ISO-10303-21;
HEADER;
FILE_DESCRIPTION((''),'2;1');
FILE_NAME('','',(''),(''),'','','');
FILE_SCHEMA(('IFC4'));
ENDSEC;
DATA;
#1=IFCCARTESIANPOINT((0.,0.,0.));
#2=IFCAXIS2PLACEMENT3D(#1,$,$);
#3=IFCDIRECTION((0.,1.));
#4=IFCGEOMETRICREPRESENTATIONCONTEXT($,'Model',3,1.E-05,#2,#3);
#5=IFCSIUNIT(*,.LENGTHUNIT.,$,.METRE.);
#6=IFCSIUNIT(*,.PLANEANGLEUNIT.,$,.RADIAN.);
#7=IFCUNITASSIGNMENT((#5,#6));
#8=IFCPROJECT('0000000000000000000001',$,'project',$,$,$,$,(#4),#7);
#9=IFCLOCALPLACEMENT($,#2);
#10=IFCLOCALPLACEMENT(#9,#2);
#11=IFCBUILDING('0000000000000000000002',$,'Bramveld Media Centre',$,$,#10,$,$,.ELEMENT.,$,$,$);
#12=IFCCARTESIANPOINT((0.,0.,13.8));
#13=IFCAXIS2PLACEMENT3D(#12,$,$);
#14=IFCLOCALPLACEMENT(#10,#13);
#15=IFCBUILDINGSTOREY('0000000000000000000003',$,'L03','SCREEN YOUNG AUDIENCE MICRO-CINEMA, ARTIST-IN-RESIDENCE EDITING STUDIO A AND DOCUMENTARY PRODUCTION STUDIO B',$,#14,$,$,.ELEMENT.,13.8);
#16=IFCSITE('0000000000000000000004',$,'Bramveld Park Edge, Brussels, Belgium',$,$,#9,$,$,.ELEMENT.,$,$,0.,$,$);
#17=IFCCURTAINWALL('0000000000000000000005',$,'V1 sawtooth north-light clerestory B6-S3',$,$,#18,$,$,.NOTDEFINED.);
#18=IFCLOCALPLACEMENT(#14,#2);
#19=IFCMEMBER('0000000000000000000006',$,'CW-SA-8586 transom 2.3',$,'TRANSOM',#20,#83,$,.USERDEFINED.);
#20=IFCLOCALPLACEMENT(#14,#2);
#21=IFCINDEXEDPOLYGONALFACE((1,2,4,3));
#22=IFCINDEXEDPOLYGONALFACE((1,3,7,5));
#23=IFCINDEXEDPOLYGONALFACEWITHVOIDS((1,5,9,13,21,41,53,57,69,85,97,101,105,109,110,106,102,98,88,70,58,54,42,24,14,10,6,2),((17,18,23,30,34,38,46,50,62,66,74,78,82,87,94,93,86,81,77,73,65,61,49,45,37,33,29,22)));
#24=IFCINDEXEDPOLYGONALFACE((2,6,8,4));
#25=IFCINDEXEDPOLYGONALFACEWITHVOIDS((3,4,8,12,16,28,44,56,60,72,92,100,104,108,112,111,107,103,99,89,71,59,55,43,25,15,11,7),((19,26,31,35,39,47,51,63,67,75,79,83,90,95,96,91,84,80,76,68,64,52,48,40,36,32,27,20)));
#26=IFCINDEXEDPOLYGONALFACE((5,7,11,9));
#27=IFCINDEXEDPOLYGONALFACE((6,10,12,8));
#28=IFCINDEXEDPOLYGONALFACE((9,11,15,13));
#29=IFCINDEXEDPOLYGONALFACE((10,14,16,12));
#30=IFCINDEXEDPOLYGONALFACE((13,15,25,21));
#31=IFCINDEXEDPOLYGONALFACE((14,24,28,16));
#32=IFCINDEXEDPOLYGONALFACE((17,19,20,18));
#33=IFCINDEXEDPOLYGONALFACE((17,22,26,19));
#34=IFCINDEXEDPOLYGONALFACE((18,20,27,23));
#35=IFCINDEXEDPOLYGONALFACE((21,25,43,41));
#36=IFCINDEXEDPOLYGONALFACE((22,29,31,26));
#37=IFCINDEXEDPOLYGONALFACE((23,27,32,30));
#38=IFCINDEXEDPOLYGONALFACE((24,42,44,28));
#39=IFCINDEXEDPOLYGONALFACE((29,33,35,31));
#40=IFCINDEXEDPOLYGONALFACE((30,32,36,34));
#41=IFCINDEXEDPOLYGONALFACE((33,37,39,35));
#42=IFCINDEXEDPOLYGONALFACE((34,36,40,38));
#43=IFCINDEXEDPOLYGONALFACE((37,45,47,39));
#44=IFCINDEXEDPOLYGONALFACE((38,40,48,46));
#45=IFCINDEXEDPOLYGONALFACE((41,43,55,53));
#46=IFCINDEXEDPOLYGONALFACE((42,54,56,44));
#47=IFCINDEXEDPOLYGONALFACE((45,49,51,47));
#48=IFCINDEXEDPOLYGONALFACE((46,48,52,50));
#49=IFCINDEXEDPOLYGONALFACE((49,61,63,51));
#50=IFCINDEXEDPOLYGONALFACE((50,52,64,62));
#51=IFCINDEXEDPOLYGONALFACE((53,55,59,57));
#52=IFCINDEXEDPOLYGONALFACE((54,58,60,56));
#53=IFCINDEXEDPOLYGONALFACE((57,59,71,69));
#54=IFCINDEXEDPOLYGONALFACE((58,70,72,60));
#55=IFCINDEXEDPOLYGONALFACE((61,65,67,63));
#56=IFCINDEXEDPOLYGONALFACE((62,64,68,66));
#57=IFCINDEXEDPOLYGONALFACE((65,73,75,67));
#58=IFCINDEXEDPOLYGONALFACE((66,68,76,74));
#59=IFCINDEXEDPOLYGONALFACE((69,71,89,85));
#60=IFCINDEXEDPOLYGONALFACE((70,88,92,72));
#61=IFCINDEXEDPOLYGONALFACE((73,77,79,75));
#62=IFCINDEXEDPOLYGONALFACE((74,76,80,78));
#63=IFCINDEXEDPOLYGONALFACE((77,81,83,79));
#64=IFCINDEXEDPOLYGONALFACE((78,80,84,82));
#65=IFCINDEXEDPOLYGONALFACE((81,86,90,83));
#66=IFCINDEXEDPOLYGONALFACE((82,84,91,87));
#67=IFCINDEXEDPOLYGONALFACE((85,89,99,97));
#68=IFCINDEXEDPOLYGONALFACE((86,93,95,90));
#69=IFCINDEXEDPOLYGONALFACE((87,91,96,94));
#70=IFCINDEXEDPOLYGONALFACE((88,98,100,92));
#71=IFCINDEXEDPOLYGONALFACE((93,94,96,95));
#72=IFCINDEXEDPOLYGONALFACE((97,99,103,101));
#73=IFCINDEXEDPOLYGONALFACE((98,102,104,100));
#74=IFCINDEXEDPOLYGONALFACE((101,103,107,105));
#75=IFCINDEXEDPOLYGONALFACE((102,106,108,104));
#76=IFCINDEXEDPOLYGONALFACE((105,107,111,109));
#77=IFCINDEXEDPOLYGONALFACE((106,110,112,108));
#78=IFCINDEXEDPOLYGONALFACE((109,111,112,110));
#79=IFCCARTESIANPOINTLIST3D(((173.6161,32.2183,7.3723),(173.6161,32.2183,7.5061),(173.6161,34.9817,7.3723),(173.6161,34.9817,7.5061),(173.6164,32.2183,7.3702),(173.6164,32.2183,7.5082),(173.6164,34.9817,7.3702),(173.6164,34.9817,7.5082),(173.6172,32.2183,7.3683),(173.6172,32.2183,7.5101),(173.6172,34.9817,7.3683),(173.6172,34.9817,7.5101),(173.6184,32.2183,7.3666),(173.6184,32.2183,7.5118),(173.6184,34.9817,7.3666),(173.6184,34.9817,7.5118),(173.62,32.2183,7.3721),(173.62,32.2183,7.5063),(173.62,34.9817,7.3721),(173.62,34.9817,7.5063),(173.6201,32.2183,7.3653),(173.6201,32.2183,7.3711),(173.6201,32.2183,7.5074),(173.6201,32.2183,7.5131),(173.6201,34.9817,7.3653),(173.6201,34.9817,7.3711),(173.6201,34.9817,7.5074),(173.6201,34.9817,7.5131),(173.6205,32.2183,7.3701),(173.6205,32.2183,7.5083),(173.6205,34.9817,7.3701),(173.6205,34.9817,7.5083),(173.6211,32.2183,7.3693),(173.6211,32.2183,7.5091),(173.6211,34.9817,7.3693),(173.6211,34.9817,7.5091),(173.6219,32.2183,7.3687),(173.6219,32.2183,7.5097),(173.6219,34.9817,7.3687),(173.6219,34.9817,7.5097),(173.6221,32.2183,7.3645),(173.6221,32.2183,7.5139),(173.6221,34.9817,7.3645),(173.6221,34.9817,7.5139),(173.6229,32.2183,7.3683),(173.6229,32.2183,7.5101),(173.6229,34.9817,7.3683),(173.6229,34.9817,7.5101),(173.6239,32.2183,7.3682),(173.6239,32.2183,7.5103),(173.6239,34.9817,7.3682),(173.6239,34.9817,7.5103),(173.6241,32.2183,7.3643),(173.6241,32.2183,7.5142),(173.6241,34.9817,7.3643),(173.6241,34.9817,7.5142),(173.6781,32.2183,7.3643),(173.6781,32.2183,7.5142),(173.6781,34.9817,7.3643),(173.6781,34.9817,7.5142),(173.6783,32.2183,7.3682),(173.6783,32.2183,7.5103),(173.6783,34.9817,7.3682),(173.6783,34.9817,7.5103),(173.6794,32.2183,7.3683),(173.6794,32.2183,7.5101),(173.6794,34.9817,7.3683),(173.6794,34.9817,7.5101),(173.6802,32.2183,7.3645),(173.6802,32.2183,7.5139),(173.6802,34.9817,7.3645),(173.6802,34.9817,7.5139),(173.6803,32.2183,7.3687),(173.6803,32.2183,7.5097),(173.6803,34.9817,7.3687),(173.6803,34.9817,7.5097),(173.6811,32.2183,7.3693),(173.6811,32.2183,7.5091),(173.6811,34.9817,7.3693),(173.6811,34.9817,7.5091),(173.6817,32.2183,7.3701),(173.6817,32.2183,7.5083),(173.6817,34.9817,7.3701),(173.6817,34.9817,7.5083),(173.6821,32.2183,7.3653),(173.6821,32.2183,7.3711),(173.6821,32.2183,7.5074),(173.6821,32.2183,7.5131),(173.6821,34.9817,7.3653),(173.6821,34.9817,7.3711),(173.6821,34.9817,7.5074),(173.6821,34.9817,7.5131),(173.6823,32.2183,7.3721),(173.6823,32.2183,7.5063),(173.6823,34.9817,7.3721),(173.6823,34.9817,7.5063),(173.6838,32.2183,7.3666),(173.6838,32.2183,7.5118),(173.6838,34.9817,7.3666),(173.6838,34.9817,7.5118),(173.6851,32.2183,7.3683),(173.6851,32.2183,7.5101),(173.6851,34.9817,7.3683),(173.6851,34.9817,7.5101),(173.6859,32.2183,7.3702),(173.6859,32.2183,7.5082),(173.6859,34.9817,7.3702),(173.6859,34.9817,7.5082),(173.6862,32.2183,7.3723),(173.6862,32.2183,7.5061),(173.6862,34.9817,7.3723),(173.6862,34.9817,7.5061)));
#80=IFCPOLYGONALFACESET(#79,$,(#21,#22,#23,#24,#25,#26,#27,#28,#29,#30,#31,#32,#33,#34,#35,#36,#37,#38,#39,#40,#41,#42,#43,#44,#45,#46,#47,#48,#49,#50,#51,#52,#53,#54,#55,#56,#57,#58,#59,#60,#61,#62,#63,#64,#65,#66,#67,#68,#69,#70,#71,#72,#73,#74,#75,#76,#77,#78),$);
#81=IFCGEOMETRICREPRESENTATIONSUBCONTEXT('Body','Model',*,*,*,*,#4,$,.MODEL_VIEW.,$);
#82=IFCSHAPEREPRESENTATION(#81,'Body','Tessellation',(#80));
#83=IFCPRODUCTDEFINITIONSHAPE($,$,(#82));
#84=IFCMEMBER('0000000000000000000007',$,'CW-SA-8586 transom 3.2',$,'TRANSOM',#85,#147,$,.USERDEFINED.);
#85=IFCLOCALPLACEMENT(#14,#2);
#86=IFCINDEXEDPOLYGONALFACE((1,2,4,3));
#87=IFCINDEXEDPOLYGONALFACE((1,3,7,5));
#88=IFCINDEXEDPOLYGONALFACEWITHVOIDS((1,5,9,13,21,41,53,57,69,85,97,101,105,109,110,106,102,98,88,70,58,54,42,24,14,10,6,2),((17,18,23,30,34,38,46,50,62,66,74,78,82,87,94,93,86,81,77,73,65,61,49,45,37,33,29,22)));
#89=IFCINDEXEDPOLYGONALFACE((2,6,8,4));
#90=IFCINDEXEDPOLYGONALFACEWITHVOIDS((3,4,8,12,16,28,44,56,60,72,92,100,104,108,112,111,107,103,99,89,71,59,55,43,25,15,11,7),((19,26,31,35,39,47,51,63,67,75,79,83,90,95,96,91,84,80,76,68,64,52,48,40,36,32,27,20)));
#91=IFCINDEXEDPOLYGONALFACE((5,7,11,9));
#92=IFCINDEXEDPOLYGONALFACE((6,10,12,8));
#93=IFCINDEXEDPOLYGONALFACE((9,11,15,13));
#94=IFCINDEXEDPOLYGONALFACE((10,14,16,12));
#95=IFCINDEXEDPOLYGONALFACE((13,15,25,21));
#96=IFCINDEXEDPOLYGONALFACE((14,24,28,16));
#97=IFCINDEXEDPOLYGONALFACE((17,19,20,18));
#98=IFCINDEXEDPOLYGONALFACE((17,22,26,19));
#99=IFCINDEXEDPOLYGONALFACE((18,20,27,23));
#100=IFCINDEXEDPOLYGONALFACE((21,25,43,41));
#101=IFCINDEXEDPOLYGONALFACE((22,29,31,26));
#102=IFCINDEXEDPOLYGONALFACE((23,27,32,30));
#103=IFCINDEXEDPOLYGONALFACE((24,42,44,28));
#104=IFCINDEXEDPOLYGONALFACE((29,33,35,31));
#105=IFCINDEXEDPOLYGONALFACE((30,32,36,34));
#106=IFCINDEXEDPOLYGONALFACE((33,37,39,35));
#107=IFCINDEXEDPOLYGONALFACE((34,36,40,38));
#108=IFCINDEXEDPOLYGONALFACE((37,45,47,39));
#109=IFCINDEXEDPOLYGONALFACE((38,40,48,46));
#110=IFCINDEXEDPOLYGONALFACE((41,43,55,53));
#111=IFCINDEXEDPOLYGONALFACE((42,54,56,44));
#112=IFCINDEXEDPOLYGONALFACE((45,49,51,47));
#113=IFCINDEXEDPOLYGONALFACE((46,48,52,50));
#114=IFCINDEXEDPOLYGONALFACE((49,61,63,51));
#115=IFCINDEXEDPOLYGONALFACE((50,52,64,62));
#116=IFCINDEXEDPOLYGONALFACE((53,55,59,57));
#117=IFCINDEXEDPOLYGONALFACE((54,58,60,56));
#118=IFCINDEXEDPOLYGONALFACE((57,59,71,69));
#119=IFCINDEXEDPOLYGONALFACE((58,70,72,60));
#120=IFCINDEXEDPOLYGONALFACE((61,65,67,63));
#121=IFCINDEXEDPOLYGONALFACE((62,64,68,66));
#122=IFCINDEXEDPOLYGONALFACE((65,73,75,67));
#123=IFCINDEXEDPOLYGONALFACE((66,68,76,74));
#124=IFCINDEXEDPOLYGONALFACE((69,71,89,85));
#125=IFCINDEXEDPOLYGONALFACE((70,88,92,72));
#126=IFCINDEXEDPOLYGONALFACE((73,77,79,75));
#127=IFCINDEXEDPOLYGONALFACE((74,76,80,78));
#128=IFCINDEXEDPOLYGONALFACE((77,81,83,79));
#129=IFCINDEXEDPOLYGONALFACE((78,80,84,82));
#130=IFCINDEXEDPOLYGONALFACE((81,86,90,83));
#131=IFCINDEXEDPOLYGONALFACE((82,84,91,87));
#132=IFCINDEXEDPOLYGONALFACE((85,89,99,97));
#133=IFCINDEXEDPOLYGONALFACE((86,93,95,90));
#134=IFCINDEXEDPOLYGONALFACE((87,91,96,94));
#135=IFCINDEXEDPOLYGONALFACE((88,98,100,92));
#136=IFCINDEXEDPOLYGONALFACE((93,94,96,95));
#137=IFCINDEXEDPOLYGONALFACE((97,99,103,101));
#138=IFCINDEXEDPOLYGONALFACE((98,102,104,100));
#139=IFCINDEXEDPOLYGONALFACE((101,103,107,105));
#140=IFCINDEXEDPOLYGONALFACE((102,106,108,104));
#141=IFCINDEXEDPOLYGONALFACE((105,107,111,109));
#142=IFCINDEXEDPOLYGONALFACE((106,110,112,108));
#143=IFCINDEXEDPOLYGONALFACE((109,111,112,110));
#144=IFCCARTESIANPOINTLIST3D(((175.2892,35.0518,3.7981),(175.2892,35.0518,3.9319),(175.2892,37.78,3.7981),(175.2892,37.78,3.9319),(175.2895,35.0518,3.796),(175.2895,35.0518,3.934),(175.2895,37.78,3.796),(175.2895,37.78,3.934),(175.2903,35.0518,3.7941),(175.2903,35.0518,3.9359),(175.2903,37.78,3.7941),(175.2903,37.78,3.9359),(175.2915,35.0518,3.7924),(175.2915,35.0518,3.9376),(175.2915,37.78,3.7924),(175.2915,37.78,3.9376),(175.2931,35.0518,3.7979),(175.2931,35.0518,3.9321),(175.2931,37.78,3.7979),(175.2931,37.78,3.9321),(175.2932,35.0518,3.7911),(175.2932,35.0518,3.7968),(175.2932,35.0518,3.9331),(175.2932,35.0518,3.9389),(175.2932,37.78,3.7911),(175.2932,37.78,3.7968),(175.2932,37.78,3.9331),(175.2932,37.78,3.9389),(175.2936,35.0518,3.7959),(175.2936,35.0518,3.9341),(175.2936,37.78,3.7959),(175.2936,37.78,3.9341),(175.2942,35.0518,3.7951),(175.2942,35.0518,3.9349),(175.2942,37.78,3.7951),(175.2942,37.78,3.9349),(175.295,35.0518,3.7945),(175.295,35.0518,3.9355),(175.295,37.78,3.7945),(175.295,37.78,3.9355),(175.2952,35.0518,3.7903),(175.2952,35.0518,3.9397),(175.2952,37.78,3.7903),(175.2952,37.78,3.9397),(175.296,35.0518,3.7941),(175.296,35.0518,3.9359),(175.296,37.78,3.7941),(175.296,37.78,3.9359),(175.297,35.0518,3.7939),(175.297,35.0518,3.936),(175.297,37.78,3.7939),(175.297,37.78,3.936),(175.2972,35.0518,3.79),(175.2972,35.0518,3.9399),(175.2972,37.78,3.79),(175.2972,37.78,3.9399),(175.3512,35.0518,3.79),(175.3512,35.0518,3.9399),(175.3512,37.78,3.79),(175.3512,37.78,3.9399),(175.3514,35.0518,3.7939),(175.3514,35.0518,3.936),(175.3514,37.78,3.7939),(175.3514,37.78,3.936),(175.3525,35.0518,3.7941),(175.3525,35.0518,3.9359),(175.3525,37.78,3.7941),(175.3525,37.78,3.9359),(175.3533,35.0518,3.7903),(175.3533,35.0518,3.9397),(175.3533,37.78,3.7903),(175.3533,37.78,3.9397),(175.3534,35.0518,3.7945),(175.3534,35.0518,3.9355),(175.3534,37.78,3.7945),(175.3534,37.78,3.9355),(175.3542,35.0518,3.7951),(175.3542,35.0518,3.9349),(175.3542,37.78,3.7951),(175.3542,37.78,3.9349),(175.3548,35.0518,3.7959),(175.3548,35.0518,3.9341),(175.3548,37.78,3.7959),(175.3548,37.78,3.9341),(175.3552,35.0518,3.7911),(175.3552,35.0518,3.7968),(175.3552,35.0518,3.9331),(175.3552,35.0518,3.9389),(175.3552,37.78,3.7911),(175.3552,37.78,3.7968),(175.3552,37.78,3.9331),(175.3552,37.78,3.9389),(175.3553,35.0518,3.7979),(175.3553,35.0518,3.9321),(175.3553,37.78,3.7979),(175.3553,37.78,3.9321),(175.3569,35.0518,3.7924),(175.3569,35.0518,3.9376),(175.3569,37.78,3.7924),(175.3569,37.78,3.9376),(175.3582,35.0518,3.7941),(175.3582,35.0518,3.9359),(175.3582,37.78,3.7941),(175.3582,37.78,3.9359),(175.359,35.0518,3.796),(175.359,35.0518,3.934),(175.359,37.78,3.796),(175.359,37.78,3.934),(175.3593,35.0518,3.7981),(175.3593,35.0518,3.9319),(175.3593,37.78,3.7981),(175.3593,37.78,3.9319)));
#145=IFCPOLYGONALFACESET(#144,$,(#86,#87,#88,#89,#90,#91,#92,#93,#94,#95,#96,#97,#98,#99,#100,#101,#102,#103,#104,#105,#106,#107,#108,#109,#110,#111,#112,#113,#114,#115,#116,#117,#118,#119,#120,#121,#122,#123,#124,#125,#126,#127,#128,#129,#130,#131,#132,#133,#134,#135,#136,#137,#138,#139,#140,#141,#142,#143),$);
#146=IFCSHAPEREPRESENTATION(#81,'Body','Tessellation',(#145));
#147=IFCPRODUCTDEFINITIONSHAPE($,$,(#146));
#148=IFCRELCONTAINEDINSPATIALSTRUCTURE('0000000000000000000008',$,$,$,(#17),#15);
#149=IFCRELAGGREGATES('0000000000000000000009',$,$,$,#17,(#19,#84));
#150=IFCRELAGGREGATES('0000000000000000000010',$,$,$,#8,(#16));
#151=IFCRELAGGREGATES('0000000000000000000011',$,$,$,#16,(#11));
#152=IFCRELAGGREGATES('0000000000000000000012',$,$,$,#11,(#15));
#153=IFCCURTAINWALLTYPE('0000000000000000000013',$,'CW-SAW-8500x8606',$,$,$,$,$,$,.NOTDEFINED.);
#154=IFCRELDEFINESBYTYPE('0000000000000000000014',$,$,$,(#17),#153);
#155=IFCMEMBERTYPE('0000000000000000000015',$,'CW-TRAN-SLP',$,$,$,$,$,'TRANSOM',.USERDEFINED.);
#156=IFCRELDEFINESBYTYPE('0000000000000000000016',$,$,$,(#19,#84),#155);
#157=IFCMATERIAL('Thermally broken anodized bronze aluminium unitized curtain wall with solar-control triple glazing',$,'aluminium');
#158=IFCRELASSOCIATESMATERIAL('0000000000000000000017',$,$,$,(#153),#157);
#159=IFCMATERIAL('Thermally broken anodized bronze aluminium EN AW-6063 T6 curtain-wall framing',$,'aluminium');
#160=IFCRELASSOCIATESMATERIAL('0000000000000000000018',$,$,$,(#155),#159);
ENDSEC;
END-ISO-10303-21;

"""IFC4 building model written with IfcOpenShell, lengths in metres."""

from ifc_helpers import new_model, si_unit, direction, frame, origin, origin_2d, place, context, subcontext, project, spatial, hollow_rectangle, extrude, material, material_profile, profile_set, type_object, element, aggregate, save


model = new_model("IFC4")

# Units and contexts
model_context = context("Model", 3, precision=1e-05, world=origin(), true_north=direction((0.0, 1.0)))
body_context = subcontext(model_context, "Body", "Model", "MODEL_VIEW")
ifc_project = project(units=[si_unit("LENGTHUNIT", "METRE"), si_unit("PLANEANGLEUNIT", "RADIAN")], contexts=[model_context])

# Site, building, storey
site_placement = place(None, origin())
site = spatial("IfcSite", under=ifc_project, at=site_placement, Name="Bramveld Park Edge, Brussels, Belgium", CompositionType="ELEMENT", RefElevation=0.0)
building_placement = place(site_placement, origin())
building = spatial("IfcBuilding", under=site, at=building_placement, Name="Bramveld Media Centre", CompositionType="ELEMENT")
storey_placement = place(building_placement, frame((0.0, 0.0, 13.8)))
storey = spatial("IfcBuildingStorey", under=building, at=storey_placement, Name="L03", Description="SCREEN YOUNG AUDIENCE MICRO-CINEMA, ARTIST-IN-RESIDENCE EDITING STUDIO A AND DOCUMENTARY PRODUCTION STUDIO B", CompositionType="ELEMENT", Elevation=13.8)

# Shared definitions
ifc_material_1 = material(Name="Thermally broken anodized bronze aluminium unitized curtain wall with solar-control triple glazing", Category="aluminium")
curtain_wall_type_1 = type_object("IfcCurtainWallType", Name="CW-SAW-8500x8606", PredefinedType="NOTDEFINED", material=ifc_material_1)

# Shared definitions
ifc_material_2 = material(Name="Thermally broken anodized bronze aluminium EN AW-6063 T6 curtain-wall framing", Category="aluminium")
ifc_material_profile_1 = material_profile(ifc_material_2, hollow_rectangle(XDim=0.0701, YDim=0.1499, WallThickness=0.0039, InnerFilletRadius=0.0039, OuterFilletRadius=0.0081, at=origin_2d()), Name="AL-TRAN 70x150")
ifc_profile_set_1 = profile_set([ifc_material_profile_1], Name="Thermally broken anodized bronze aluminium EN AW-6063 T6 curtain-wall framing")
member_type_1 = type_object("IfcMemberType", Name="CW-TRAN-SLP", ElementType="TRANSOM", PredefinedType="USERDEFINED", material=ifc_profile_set_1)

# Curtain wall, members
curtain_wall_1_placement = place(storey_placement, origin())
curtain_wall_1 = element("IfcCurtainWall", 1, at=curtain_wall_1_placement, inside=storey, type_object=curtain_wall_type_1, Name="V1 sawtooth north-light clerestory B6-S3", PredefinedType="NOTDEFINED")
member_1_placement = place(storey_placement, frame((173.6511, 32.2183, 7.4392), z_axis=(0.0, 1.0, 0.0), x_axis=(-1.0, 0.0, 0.0)))
member_1 = element("IfcMember", 2, at=member_1_placement, type_object=member_type_1, Name="CW-SA-8586 transom 2.3", ObjectType="TRANSOM", PredefinedType="USERDEFINED", context=body_context, shape_type="SweptSolid", body=[
    extrude(hollow_rectangle(XDim=0.0701, YDim=0.1499, WallThickness=0.0039, InnerFilletRadius=0.0039, OuterFilletRadius=0.0081, at=origin_2d()), origin(), (0.0, 0.0, 1.0), 2.7634),
])
member_2_placement = place(storey_placement, frame((175.3242, 35.0518, 3.865), z_axis=(0.0, 1.0, 0.0), x_axis=(-1.0, 0.0, 0.0)))
member_2 = element("IfcMember", 3, at=member_2_placement, type_object=member_type_1, Name="CW-SA-8586 transom 3.2", ObjectType="TRANSOM", PredefinedType="USERDEFINED", context=body_context, shape_type="SweptSolid", body=[
    extrude(hollow_rectangle(XDim=0.0701, YDim=0.1499, WallThickness=0.0039, InnerFilletRadius=0.0039, OuterFilletRadius=0.0081, at=origin_2d()), origin(), (0.0, 0.0, 1.0), 2.7283),
])

aggregate(curtain_wall_1, [member_1, member_2])

save(model, "model.ifc")
